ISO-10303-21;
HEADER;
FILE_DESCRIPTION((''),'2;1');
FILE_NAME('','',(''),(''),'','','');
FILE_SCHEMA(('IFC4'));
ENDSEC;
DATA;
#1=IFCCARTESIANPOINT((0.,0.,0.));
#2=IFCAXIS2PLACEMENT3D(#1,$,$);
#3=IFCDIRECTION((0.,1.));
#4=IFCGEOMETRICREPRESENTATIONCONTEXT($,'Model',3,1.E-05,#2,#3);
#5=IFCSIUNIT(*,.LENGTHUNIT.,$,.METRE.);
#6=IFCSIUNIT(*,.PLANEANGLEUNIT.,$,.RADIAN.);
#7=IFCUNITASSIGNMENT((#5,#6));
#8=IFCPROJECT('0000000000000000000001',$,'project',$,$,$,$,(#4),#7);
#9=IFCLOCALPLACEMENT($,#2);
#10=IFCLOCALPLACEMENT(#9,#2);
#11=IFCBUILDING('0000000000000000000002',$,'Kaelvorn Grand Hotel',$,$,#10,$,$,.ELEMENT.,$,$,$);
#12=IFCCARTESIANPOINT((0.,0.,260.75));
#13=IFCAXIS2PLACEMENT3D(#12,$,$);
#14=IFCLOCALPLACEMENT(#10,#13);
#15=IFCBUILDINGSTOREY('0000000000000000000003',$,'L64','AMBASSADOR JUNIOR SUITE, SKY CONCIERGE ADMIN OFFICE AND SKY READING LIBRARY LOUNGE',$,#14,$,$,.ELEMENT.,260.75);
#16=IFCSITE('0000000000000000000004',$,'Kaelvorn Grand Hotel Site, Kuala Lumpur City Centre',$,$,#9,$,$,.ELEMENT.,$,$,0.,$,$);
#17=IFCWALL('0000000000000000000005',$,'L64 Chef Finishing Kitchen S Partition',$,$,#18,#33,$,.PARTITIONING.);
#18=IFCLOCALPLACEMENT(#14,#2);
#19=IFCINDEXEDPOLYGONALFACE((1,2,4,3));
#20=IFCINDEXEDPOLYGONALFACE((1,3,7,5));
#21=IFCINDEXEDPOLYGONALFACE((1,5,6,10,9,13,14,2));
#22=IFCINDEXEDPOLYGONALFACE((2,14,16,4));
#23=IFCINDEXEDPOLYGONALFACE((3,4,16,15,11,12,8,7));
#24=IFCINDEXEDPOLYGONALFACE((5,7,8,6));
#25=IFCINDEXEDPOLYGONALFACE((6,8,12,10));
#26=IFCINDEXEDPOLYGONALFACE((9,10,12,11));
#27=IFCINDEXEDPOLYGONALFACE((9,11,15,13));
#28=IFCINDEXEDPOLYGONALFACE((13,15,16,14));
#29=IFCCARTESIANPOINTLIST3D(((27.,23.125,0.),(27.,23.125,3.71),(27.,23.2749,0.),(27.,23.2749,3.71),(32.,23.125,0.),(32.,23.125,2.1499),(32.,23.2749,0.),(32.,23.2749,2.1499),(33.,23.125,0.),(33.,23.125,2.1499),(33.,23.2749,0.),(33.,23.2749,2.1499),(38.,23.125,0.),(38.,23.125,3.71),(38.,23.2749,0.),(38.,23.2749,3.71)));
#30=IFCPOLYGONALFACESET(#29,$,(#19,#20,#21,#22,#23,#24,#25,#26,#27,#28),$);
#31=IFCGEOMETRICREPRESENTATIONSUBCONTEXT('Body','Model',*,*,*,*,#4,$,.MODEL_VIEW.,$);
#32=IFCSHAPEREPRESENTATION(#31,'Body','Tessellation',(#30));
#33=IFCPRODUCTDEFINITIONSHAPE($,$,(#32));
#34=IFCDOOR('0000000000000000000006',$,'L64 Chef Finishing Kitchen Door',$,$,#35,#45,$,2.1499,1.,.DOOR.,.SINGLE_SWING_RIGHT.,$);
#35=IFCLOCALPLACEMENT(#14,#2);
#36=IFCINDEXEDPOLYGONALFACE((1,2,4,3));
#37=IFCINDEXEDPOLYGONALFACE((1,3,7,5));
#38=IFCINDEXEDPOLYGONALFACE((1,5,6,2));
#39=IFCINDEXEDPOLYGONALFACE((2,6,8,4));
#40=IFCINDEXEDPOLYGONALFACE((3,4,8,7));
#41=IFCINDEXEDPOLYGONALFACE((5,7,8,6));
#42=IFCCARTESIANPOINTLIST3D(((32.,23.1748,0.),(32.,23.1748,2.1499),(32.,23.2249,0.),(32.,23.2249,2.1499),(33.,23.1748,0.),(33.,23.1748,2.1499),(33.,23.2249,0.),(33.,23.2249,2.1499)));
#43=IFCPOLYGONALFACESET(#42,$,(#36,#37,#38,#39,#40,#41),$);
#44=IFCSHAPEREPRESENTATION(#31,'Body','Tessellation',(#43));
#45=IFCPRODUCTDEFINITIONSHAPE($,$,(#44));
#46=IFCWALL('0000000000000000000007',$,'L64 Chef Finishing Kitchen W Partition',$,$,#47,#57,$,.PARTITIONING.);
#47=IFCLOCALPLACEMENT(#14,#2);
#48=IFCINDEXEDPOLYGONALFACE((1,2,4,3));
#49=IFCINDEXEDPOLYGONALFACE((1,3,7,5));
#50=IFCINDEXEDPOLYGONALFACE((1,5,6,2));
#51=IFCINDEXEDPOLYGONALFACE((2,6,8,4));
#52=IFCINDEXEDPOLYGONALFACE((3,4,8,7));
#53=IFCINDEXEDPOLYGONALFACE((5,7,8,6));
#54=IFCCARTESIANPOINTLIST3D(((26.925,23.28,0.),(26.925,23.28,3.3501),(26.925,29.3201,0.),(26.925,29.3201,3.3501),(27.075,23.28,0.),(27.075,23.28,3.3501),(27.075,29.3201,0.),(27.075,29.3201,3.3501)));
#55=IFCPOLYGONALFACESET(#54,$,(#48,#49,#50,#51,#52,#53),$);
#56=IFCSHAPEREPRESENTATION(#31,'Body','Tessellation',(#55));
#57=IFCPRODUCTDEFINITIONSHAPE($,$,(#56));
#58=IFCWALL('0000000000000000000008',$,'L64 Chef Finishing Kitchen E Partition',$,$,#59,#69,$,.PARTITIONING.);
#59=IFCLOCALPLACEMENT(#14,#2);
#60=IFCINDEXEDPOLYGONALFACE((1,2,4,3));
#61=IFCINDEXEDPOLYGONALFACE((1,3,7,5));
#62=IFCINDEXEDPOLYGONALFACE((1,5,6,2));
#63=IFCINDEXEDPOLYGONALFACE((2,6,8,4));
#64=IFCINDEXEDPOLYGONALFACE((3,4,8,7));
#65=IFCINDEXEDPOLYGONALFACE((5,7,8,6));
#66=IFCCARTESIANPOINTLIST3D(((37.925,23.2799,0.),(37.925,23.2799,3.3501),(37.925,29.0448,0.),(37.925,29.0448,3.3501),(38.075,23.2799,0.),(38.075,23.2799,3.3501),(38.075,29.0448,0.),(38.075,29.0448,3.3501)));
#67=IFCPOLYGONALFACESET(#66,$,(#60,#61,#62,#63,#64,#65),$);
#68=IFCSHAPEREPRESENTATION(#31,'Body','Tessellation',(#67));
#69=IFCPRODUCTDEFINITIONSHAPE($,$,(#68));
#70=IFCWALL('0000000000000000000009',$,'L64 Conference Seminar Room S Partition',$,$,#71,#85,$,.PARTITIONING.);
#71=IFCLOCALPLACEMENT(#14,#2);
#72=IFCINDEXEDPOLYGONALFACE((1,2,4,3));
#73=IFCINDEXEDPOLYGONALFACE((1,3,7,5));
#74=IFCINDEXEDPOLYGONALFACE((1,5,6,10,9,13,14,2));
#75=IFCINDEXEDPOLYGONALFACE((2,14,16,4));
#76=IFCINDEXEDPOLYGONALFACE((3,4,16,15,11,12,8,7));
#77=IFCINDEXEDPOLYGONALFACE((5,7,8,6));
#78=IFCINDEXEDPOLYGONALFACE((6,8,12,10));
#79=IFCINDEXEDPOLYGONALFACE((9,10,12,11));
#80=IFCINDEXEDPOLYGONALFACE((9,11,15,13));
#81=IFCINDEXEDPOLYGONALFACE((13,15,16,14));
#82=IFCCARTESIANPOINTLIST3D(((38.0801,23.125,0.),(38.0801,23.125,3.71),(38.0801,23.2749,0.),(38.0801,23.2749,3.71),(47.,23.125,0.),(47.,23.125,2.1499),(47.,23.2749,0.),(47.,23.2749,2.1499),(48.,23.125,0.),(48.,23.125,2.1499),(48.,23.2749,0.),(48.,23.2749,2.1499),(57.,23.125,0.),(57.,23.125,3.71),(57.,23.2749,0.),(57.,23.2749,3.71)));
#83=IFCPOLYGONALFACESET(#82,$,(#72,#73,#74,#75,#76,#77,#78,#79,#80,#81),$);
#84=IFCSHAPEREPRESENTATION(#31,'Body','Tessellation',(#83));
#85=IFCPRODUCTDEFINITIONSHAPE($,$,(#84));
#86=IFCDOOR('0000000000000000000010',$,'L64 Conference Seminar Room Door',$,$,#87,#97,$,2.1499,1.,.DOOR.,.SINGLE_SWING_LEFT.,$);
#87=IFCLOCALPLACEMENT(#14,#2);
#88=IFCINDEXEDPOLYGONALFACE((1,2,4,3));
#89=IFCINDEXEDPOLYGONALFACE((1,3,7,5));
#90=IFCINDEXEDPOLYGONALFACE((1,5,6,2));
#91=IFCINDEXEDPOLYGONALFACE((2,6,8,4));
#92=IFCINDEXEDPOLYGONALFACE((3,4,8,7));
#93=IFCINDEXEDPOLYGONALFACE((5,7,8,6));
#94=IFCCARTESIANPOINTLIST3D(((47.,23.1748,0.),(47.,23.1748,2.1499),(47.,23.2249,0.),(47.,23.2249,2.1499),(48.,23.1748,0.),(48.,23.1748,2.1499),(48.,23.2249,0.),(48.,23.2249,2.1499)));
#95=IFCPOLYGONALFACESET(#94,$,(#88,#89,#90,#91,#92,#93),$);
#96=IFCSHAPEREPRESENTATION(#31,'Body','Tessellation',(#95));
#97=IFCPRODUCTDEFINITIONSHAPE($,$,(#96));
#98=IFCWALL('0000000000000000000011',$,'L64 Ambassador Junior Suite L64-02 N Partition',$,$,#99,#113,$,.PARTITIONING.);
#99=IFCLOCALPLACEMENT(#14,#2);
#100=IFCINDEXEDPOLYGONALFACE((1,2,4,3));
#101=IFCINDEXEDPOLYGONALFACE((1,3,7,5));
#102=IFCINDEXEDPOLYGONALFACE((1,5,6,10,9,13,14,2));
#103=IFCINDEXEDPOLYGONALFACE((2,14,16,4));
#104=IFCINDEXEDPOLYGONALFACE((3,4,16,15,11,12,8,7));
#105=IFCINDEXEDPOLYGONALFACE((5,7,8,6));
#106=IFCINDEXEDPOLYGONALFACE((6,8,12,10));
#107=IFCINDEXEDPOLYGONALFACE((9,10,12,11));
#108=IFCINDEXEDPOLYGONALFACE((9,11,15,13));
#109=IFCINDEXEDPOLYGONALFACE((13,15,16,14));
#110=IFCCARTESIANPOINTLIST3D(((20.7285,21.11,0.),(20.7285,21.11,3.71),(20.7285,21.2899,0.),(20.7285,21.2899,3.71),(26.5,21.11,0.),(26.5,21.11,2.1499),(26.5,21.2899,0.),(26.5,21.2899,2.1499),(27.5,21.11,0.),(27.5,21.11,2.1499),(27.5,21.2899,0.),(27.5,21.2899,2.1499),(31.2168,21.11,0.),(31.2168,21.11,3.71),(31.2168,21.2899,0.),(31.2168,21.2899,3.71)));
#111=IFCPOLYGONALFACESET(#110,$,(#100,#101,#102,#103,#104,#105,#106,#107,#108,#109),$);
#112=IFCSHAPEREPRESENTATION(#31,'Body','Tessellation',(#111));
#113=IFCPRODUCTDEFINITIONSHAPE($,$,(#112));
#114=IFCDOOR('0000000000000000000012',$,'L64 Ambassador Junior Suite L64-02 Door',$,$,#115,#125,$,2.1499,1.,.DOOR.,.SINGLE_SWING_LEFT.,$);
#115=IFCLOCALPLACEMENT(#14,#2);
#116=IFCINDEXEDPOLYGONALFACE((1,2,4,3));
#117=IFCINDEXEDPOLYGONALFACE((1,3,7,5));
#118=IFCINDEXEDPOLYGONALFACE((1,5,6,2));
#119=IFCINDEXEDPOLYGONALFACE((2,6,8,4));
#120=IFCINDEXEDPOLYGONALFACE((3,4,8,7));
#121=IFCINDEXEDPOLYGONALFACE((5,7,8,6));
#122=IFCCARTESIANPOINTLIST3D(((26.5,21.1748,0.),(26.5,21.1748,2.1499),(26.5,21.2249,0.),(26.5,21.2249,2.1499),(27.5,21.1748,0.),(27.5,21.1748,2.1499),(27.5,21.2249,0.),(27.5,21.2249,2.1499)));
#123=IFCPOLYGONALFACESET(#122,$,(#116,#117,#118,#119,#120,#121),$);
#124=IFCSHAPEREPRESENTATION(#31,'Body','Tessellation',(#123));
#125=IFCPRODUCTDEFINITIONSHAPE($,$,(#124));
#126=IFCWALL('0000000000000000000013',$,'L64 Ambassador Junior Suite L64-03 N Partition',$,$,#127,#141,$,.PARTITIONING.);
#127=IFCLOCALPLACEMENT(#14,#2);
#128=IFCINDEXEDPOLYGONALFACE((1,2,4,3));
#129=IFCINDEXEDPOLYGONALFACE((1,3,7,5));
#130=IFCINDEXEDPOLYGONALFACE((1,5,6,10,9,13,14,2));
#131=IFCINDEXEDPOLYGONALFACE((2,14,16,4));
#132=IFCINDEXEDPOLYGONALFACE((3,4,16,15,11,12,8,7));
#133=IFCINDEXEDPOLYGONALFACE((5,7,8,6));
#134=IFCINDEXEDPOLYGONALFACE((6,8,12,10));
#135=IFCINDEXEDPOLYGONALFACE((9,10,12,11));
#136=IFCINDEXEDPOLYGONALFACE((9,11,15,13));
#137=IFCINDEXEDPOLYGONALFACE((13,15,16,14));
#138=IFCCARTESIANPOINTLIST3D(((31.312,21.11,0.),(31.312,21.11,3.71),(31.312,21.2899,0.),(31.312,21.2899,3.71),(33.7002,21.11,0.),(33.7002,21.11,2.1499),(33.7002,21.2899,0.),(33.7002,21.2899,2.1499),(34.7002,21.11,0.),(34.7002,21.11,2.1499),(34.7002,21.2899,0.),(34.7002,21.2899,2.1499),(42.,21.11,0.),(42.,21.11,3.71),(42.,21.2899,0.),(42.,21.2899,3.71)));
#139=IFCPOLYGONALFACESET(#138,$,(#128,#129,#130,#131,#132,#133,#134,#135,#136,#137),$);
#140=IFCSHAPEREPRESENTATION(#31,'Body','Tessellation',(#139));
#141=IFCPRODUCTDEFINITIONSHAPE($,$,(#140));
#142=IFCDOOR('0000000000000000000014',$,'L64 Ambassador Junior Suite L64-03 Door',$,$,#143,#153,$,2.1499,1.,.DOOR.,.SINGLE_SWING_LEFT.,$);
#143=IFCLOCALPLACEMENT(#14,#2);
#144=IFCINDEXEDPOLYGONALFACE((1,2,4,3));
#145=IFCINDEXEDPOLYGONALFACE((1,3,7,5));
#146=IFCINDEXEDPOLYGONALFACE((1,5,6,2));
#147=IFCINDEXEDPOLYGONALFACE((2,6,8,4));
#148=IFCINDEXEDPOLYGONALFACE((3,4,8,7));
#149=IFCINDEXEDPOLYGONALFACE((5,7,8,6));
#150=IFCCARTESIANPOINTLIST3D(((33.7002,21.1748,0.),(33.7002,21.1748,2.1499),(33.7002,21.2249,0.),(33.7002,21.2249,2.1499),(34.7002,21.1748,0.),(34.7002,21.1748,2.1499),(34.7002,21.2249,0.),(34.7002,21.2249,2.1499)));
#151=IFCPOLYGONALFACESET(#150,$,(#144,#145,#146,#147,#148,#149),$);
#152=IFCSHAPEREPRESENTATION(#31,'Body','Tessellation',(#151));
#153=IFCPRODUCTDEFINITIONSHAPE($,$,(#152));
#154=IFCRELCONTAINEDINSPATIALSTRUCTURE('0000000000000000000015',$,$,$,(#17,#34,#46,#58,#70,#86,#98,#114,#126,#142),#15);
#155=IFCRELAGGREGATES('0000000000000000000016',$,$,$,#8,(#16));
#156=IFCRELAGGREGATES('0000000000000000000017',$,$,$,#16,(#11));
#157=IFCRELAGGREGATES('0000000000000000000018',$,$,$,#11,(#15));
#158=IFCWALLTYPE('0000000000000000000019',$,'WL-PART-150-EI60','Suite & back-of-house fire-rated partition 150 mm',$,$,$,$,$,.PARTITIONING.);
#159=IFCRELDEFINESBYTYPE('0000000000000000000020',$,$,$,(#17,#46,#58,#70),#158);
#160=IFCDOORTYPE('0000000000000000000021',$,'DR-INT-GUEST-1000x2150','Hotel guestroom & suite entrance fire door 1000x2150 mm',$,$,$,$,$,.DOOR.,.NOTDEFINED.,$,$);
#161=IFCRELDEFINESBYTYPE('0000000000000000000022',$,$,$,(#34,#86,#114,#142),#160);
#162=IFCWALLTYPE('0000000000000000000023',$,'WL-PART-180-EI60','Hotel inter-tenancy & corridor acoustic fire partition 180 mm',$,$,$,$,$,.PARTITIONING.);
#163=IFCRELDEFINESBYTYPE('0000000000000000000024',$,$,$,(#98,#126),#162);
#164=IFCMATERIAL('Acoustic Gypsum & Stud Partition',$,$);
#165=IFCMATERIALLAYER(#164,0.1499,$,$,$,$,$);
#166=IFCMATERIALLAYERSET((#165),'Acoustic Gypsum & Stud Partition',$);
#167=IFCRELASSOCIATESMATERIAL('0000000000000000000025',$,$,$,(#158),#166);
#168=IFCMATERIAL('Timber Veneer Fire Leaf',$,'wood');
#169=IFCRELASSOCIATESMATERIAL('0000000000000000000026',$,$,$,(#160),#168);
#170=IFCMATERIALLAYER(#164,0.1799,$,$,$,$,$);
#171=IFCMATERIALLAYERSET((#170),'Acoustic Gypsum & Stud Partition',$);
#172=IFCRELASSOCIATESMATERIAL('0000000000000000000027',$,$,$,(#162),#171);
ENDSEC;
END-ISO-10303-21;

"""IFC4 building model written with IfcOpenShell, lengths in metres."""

from ifc_helpers import new_model, si_unit, direction, frame, frame_2d, origin, place, context, subcontext, project, spatial, rectangle, extrude, material, layer, layer_set, type_object, element, fill, save


model = new_model("IFC4")

# Units and contexts
model_context = context("Model", 3, precision=1e-05, world=origin(), true_north=direction((0.0, 1.0)))
body_context = subcontext(model_context, "Body", "Model", "MODEL_VIEW")
ifc_project = project(units=[si_unit("LENGTHUNIT", "METRE"), si_unit("PLANEANGLEUNIT", "RADIAN")], contexts=[model_context])

# Site, building, storey
site_placement = place(None, origin())
site = spatial("IfcSite", under=ifc_project, at=site_placement, Name="Kaelvorn Grand Hotel Site, Kuala Lumpur City Centre", CompositionType="ELEMENT", RefElevation=0.0)
building_placement = place(site_placement, origin())
building = spatial("IfcBuilding", under=site, at=building_placement, Name="Kaelvorn Grand Hotel", CompositionType="ELEMENT")
storey_placement = place(building_placement, frame((0.0, 0.0, 260.75)))
storey = spatial("IfcBuildingStorey", under=building, at=storey_placement, Name="L64", Description="AMBASSADOR JUNIOR SUITE, SKY CONCIERGE ADMIN OFFICE AND SKY READING LIBRARY LOUNGE", CompositionType="ELEMENT", Elevation=260.75)

# Shared definitions
ifc_material_1 = material(Name="Acoustic Gypsum & Stud Partition")
ifc_layer_1 = layer(ifc_material_1, 0.1499)
ifc_layer_set_1 = layer_set([ifc_layer_1], Name="Acoustic Gypsum & Stud Partition")
wall_type_1 = type_object("IfcWallType", Name="WL-PART-150-EI60", Description="Suite & back-of-house fire-rated partition 150 mm", PredefinedType="PARTITIONING", material=ifc_layer_set_1)

# Wall, opening, door
wall_1_placement = place(storey_placement, frame((27.0, 23.2, 0.0), z_axis=(0.0, 0.0, 1.0), x_axis=(1.0, 0.0, 0.0)))
wall_1 = element("IfcWall", 1, at=wall_1_placement, inside=storey, type_object=wall_type_1, Name="L64 Chef Finishing Kitchen S Partition", PredefinedType="PARTITIONING", context=body_context, shape_type="SweptSolid", body=[
    extrude(rectangle(XDim=11.0, YDim=0.1499, at=frame_2d((5.5, 0.0))), origin(), (0.0, 0.0, 1.0), 3.71),
])
opening_1_placement = place(wall_1_placement, frame((5.0, 0.0, 0.0)))
opening_1 = element("IfcOpeningElement", 2, at=opening_1_placement, cuts=wall_1, PredefinedType="OPENING", context=body_context, shape_type="SweptSolid", body=[
    extrude(rectangle(XDim=1.0, YDim=2.1499, at=frame_2d((0.5, 1.075))), frame((0.0, 0.085, 0.0), z_axis=(0.0, -1.0, 0.0), x_axis=(1.0, 0.0, 0.0)), (0.0, 0.0, 1.0), 0.1699),
])
ifc_material_2 = material(Name="Timber Veneer Fire Leaf", Category="wood")
door_type_1 = type_object("IfcDoorType", Name="DR-INT-GUEST-1000x2150", Description="Hotel guestroom & suite entrance fire door 1000x2150 mm", OperationType="NOTDEFINED", PredefinedType="DOOR", material=ifc_material_2)
door_1_placement = place(opening_1_placement, origin())
door_1 = element("IfcDoor", 3, at=door_1_placement, inside=storey, type_object=door_type_1, Name="L64 Chef Finishing Kitchen Door", OperationType="SINGLE_SWING_RIGHT", OverallHeight=2.1499, OverallWidth=1.0, PredefinedType="DOOR", context=body_context, shape_type="SweptSolid", body=[
    extrude(rectangle(XDim=1.0, YDim=2.1499, at=frame_2d((0.5, 1.075))), frame((0.0, 0.0249, 0.0), z_axis=(0.0, -1.0, 0.0), x_axis=(1.0, 0.0, 0.0)), (0.0, 0.0, 1.0), 0.05),
])
fill(opening_1, door_1)

# Walls
wall_2_placement = place(storey_placement, frame((27.0, 23.28, 0.0), z_axis=(0.0, 0.0, 1.0), x_axis=(0.0, 1.0, 0.0)))
element("IfcWall", 4, at=wall_2_placement, inside=storey, type_object=wall_type_1, Name="L64 Chef Finishing Kitchen W Partition", PredefinedType="PARTITIONING", context=body_context, shape_type="SweptSolid", body=[
    extrude(rectangle(XDim=6.04, YDim=0.1499, at=frame_2d((3.02, 0.0))), origin(), (0.0, 0.0, 1.0), 3.3501),
])
wall_3_placement = place(storey_placement, frame((38.0, 23.28, 0.0), z_axis=(0.0, 0.0, 1.0), x_axis=(0.0, 1.0, 0.0)))
element("IfcWall", 5, at=wall_3_placement, inside=storey, type_object=wall_type_1, Name="L64 Chef Finishing Kitchen E Partition", PredefinedType="PARTITIONING", context=body_context, shape_type="SweptSolid", body=[
    extrude(rectangle(XDim=5.7649, YDim=0.1499, at=frame_2d((2.8823, 0.0))), origin(), (0.0, 0.0, 1.0), 3.3501),
])

# Walls, openings, doors
wall_4_placement = place(storey_placement, frame((38.0801, 23.2, 0.0), z_axis=(0.0, 0.0, 1.0), x_axis=(1.0, 0.0, 0.0)))
wall_4 = element("IfcWall", 6, at=wall_4_placement, inside=storey, type_object=wall_type_1, Name="L64 Conference Seminar Room S Partition", PredefinedType="PARTITIONING", context=body_context, shape_type="SweptSolid", body=[
    extrude(rectangle(XDim=18.9199, YDim=0.1499, at=frame_2d((9.46, 0.0))), origin(), (0.0, 0.0, 1.0), 3.71),
])
opening_2_placement = place(wall_4_placement, frame((8.9199, 0.0, 0.0)))
opening_2 = element("IfcOpeningElement", 7, at=opening_2_placement, cuts=wall_4, PredefinedType="OPENING", context=body_context, shape_type="SweptSolid", body=[
    extrude(rectangle(XDim=1.0, YDim=2.1499, at=frame_2d((0.5, 1.075))), frame((0.0, 0.085, 0.0), z_axis=(0.0, -1.0, 0.0), x_axis=(1.0, 0.0, 0.0)), (0.0, 0.0, 1.0), 0.1699),
])
door_2_placement = place(opening_2_placement, origin())
door_2 = element("IfcDoor", 8, at=door_2_placement, inside=storey, type_object=door_type_1, Name="L64 Conference Seminar Room Door", OperationType="SINGLE_SWING_LEFT", OverallHeight=2.1499, OverallWidth=1.0, PredefinedType="DOOR", context=body_context, shape_type="SweptSolid", body=[
    extrude(rectangle(XDim=1.0, YDim=2.1499, at=frame_2d((0.5, 1.075))), frame((0.0, 0.0249, 0.0), z_axis=(0.0, -1.0, 0.0), x_axis=(1.0, 0.0, 0.0)), (0.0, 0.0, 1.0), 0.05),
])
fill(opening_2, door_2)
ifc_layer_2 = layer(ifc_material_1, 0.1799)
ifc_layer_set_2 = layer_set([ifc_layer_2], Name="Acoustic Gypsum & Stud Partition")
wall_type_2 = type_object("IfcWallType", Name="WL-PART-180-EI60", Description="Hotel inter-tenancy & corridor acoustic fire partition 180 mm", PredefinedType="PARTITIONING", material=ifc_layer_set_2)
wall_5_placement = place(storey_placement, frame((20.7285, 21.2, 0.0), z_axis=(0.0, 0.0, 1.0), x_axis=(1.0, 0.0, 0.0)))
wall_5 = element("IfcWall", 9, at=wall_5_placement, inside=storey, type_object=wall_type_2, Name="L64 Ambassador Junior Suite L64-02 N Partition", PredefinedType="PARTITIONING", context=body_context, shape_type="SweptSolid", body=[
    extrude(rectangle(XDim=10.4883, YDim=0.1799, at=frame_2d((5.2441, 0.0))), origin(), (0.0, 0.0, 1.0), 3.71),
])
opening_3_placement = place(wall_5_placement, frame((5.7715, 0.0, 0.0)))
opening_3 = element("IfcOpeningElement", 10, at=opening_3_placement, cuts=wall_5, PredefinedType="OPENING", context=body_context, shape_type="SweptSolid", body=[
    extrude(rectangle(XDim=1.0, YDim=2.1499, at=frame_2d((0.5, 1.075))), frame((0.0, 0.1001, 0.0), z_axis=(0.0, -1.0, 0.0), x_axis=(1.0, 0.0, 0.0)), (0.0, 0.0, 1.0), 0.2),
])
door_3_placement = place(opening_3_placement, origin())
door_3 = element("IfcDoor", 11, at=door_3_placement, inside=storey, type_object=door_type_1, Name="L64 Ambassador Junior Suite L64-02 Door", OperationType="SINGLE_SWING_LEFT", OverallHeight=2.1499, OverallWidth=1.0, PredefinedType="DOOR", context=body_context, shape_type="SweptSolid", body=[
    extrude(rectangle(XDim=1.0, YDim=2.1499, at=frame_2d((0.5, 1.075))), frame((0.0, 0.0249, 0.0), z_axis=(0.0, -1.0, 0.0), x_axis=(1.0, 0.0, 0.0)), (0.0, 0.0, 1.0), 0.05),
])
fill(opening_3, door_3)
wall_6_placement = place(storey_placement, frame((31.312, 21.2, 0.0), z_axis=(0.0, 0.0, 1.0), x_axis=(1.0, 0.0, 0.0)))
wall_6 = element("IfcWall", 12, at=wall_6_placement, inside=storey, type_object=wall_type_2, Name="L64 Ambassador Junior Suite L64-03 N Partition", PredefinedType="PARTITIONING", context=body_context, shape_type="SweptSolid", body=[
    extrude(rectangle(XDim=10.688, YDim=0.1799, at=frame_2d((5.344, 0.0))), origin(), (0.0, 0.0, 1.0), 3.71),
])
opening_4_placement = place(wall_6_placement, frame((2.3882, 0.0, 0.0)))
opening_4 = element("IfcOpeningElement", 13, at=opening_4_placement, cuts=wall_6, PredefinedType="OPENING", context=body_context, shape_type="SweptSolid", body=[
    extrude(rectangle(XDim=1.0, YDim=2.1499, at=frame_2d((0.5, 1.075))), frame((0.0, 0.1001, 0.0), z_axis=(0.0, -1.0, 0.0), x_axis=(1.0, 0.0, 0.0)), (0.0, 0.0, 1.0), 0.2),
])
door_4_placement = place(opening_4_placement, origin())
door_4 = element("IfcDoor", 14, at=door_4_placement, inside=storey, type_object=door_type_1, Name="L64 Ambassador Junior Suite L64-03 Door", OperationType="SINGLE_SWING_LEFT", OverallHeight=2.1499, OverallWidth=1.0, PredefinedType="DOOR", context=body_context, shape_type="SweptSolid", body=[
    extrude(rectangle(XDim=1.0, YDim=2.1499, at=frame_2d((0.5, 1.075))), frame((0.0, 0.0249, 0.0), z_axis=(0.0, -1.0, 0.0), x_axis=(1.0, 0.0, 0.0)), (0.0, 0.0, 1.0), 0.05),
])
fill(opening_4, door_4)

save(model, "model.ifc")
